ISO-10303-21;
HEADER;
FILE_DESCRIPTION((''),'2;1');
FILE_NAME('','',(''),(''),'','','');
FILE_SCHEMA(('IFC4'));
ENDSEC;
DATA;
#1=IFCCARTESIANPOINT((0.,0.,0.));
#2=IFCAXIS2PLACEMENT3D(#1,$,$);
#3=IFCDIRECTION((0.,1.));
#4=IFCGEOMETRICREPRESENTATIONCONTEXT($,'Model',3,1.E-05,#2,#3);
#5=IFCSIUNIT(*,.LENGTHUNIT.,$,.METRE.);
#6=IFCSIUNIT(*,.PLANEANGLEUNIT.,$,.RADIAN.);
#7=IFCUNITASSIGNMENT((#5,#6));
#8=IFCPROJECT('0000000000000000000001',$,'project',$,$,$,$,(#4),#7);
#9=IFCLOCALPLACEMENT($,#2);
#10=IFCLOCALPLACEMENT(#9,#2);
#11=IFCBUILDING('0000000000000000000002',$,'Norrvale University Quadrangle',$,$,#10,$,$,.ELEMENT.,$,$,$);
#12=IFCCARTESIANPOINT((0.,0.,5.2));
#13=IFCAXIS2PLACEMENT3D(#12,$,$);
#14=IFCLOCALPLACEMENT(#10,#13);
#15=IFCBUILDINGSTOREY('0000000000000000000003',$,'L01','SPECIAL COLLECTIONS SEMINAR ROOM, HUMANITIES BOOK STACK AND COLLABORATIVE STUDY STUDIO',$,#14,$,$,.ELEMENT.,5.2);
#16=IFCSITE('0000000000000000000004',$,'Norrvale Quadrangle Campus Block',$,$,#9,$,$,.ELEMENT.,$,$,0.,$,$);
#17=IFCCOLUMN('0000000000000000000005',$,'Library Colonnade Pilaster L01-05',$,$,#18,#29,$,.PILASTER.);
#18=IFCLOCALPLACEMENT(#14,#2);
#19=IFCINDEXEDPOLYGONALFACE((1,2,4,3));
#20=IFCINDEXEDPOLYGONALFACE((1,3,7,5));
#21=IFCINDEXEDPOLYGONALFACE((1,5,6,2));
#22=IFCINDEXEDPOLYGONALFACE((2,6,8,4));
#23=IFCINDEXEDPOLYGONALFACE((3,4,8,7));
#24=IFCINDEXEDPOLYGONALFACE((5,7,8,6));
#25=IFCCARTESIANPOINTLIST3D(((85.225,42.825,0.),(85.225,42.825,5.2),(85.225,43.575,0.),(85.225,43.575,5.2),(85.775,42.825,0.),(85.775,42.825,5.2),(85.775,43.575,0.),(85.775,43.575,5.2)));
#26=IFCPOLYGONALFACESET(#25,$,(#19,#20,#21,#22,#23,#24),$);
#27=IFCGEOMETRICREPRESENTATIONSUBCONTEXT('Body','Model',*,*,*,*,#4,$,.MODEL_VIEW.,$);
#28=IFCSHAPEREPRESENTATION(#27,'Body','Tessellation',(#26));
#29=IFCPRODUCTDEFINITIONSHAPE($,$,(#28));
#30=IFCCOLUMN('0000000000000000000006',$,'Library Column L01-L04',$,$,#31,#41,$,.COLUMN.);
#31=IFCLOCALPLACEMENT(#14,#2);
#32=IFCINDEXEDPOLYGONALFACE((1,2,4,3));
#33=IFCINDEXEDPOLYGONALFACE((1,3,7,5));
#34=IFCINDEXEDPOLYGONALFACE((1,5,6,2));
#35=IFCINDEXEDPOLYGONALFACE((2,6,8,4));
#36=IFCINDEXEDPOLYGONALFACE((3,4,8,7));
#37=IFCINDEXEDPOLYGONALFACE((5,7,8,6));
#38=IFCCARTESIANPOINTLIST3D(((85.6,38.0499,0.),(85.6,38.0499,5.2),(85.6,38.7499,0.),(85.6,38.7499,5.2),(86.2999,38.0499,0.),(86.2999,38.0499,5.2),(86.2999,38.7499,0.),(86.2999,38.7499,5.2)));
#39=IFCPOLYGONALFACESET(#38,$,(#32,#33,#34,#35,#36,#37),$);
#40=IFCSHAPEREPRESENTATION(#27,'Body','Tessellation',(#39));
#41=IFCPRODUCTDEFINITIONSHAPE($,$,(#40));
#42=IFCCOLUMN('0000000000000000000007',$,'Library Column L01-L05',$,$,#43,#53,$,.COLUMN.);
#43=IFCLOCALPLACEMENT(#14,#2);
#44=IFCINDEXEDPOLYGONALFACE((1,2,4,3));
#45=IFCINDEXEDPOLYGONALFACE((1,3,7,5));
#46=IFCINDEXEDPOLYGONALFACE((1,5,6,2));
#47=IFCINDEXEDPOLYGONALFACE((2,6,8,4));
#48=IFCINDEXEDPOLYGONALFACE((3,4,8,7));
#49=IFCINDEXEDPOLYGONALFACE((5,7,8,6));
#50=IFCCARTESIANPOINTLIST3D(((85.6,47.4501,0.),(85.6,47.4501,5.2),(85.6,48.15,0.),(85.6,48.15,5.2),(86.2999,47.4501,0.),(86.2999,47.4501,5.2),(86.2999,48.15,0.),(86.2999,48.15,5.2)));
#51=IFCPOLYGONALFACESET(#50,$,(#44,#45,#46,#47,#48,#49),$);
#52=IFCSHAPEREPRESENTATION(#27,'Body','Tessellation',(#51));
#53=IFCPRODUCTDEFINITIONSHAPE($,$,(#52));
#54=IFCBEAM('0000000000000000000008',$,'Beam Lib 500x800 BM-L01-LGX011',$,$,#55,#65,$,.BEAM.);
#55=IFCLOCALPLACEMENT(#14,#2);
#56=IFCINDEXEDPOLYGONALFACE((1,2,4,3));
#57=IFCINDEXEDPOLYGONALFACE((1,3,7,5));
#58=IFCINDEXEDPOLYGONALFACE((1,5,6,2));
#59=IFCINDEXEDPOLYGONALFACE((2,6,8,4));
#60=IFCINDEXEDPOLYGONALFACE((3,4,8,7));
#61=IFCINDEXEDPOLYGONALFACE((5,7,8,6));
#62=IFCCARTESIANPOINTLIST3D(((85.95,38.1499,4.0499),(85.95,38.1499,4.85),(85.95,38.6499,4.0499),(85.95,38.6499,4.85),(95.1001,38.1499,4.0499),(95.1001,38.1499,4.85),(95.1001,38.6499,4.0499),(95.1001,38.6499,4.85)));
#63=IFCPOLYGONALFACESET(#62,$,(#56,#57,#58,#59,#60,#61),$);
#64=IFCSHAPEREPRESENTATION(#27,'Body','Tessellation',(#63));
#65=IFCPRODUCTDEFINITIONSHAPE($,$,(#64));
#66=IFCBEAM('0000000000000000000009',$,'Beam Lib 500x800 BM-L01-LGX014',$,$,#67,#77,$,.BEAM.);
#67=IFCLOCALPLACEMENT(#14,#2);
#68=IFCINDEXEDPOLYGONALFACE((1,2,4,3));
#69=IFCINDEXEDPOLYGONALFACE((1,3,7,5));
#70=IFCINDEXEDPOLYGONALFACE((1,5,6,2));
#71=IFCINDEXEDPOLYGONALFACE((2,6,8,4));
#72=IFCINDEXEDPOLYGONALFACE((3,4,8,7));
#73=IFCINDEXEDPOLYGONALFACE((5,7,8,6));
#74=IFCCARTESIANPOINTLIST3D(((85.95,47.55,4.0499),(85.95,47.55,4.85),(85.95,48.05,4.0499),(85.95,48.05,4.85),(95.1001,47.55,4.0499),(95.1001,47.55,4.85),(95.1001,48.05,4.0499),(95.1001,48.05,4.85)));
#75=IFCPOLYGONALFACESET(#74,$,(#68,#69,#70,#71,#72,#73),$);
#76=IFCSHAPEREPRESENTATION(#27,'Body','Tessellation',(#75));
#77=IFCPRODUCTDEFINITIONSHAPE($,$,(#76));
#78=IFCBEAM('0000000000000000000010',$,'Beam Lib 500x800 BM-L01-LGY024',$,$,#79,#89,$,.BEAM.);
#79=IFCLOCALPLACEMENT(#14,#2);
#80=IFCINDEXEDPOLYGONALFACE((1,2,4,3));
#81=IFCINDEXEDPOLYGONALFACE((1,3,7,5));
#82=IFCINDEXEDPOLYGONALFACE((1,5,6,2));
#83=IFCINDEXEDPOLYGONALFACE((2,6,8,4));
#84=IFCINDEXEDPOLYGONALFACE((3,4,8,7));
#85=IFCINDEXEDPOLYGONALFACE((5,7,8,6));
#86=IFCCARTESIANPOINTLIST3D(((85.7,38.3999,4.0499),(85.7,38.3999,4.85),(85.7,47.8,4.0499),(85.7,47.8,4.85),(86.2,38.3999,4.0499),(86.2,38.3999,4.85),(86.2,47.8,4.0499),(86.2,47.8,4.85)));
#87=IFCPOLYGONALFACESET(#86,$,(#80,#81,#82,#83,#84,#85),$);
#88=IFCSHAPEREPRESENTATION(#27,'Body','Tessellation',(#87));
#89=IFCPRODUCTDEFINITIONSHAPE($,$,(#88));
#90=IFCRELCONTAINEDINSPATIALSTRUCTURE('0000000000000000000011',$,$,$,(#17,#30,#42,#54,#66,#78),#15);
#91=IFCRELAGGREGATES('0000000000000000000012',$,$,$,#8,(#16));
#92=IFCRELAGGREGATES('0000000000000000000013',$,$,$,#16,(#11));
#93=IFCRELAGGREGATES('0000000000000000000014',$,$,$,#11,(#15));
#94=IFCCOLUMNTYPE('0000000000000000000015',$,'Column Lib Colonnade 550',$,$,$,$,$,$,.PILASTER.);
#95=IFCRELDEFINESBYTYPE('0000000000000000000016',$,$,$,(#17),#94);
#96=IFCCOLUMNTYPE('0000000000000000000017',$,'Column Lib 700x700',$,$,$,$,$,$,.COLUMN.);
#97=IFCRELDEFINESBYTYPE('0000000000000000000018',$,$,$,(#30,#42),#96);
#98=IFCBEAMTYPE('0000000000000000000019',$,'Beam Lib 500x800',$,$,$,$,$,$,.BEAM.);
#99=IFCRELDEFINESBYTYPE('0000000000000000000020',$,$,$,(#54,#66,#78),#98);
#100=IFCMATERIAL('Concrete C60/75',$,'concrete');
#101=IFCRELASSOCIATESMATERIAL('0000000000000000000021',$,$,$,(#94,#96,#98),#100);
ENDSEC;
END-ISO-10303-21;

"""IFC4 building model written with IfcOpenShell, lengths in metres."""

from ifc_helpers import new_model, si_unit, direction, frame, origin, origin_2d, place, context, subcontext, project, spatial, rectangle, extrude, material, material_profile, profile_set, type_object, element, save


model = new_model("IFC4")

# Units and contexts
model_context = context("Model", 3, precision=1e-05, world=origin(), true_north=direction((0.0, 1.0)))
body_context = subcontext(model_context, "Body", "Model", "MODEL_VIEW")
ifc_project = project(units=[si_unit("LENGTHUNIT", "METRE"), si_unit("PLANEANGLEUNIT", "RADIAN")], contexts=[model_context])

# Site, building, storey
site_placement = place(None, origin())
site = spatial("IfcSite", under=ifc_project, at=site_placement, Name="Norrvale Quadrangle Campus Block", CompositionType="ELEMENT", RefElevation=0.0)
building_placement = place(site_placement, origin())
building = spatial("IfcBuilding", under=site, at=building_placement, Name="Norrvale University Quadrangle", CompositionType="ELEMENT")
storey_placement = place(building_placement, frame((0.0, 0.0, 5.2)))
storey = spatial("IfcBuildingStorey", under=building, at=storey_placement, Name="L01", Description="SPECIAL COLLECTIONS SEMINAR ROOM, HUMANITIES BOOK STACK AND COLLABORATIVE STUDY STUDIO", CompositionType="ELEMENT", Elevation=5.2)

# Columns
ifc_material_1 = material(Name="Concrete C60/75", Category="concrete")
ifc_material_profile_1 = material_profile(ifc_material_1, rectangle(XDim=0.55, YDim=0.75, at=origin_2d()), Name="Concrete C60/75")
ifc_profile_set_1 = profile_set([ifc_material_profile_1], Name="Concrete C60/75")
column_type_1 = type_object("IfcColumnType", Name="Column Lib Colonnade 550", PredefinedType="PILASTER", material=ifc_profile_set_1)
column_placement = place(storey_placement, frame((85.5, 43.2, 0.0), z_axis=(0.0, 0.0, 1.0), x_axis=(1.0, 0.0, 0.0)))
element("IfcColumn", 1, at=column_placement, inside=storey, type_object=column_type_1, Name="Library Colonnade Pilaster L01-05", PredefinedType="PILASTER", context=body_context, shape_type="SweptSolid", body=[
    extrude(rectangle(XDim=0.55, YDim=0.75, at=origin_2d()), origin(), (0.0, 0.0, 1.0), 5.2),
])
ifc_material_profile_2 = material_profile(ifc_material_1, rectangle(XDim=0.7, YDim=0.7, at=origin_2d()), Name="Concrete C60/75")
ifc_profile_set_2 = profile_set([ifc_material_profile_2], Name="Concrete C60/75")
column_type_2 = type_object("IfcColumnType", Name="Column Lib 700x700", PredefinedType="COLUMN", material=ifc_profile_set_2)
for number, where, z_axis, x_axis, name in (
    (2, (85.95, 38.3999, 0.0), (0.0, 0.0, 1.0), (1.0, 0.0, 0.0), "Library Column L01-L04"),
    (3, (85.95, 47.8, 0.0), (0.0, 0.0, 1.0), (1.0, 0.0, 0.0), "Library Column L01-L05"),
):
    element("IfcColumn", number, at=place(storey_placement, frame(where, z_axis=z_axis, x_axis=x_axis)), inside=storey, type_object=column_type_2, Name=name, PredefinedType="COLUMN", context=body_context, shape_type="SweptSolid", body=[
        extrude(rectangle(XDim=0.7, YDim=0.7, at=origin_2d()), origin(), (0.0, 0.0, 1.0), 5.2),
    ])

# Beams
ifc_material_profile_3 = material_profile(ifc_material_1, rectangle(XDim=0.5, YDim=0.8, at=origin_2d()), Name="Concrete C60/75")
ifc_profile_set_3 = profile_set([ifc_material_profile_3], Name="Concrete C60/75")
beam_type = type_object("IfcBeamType", Name="Beam Lib 500x800", PredefinedType="BEAM", material=ifc_profile_set_3)
for number, where, z_axis, x_axis, name in (
    (4, (85.95, 38.3999, 4.45), (1.0, 0.0, 0.0), (0.0, 1.0, 0.0), "Beam Lib 500x800 BM-L01-LGX011"),
    (5, (85.95, 47.8, 4.45), (1.0, 0.0, 0.0), (0.0, 1.0, 0.0), "Beam Lib 500x800 BM-L01-LGX014"),
):
    element("IfcBeam", number, at=place(storey_placement, frame(where, z_axis=z_axis, x_axis=x_axis)), inside=storey, type_object=beam_type, Name=name, PredefinedType="BEAM", context=body_context, shape_type="SweptSolid", body=[
        extrude(rectangle(XDim=0.5, YDim=0.8, at=origin_2d()), origin(), (0.0, 0.0, 1.0), 9.1501),
    ])
beam_placement = place(storey_placement, frame((85.95, 38.3999, 4.45), z_axis=(0.0, 1.0, 0.0), x_axis=(-1.0, 0.0, 0.0)))
element("IfcBeam", 6, at=beam_placement, inside=storey, type_object=beam_type, Name="Beam Lib 500x800 BM-L01-LGY024", PredefinedType="BEAM", context=body_context, shape_type="SweptSolid", body=[
    extrude(rectangle(XDim=0.5, YDim=0.8, at=origin_2d()), origin(), (0.0, 0.0, 1.0), 9.4001),
])

save(model, "model.ifc")
